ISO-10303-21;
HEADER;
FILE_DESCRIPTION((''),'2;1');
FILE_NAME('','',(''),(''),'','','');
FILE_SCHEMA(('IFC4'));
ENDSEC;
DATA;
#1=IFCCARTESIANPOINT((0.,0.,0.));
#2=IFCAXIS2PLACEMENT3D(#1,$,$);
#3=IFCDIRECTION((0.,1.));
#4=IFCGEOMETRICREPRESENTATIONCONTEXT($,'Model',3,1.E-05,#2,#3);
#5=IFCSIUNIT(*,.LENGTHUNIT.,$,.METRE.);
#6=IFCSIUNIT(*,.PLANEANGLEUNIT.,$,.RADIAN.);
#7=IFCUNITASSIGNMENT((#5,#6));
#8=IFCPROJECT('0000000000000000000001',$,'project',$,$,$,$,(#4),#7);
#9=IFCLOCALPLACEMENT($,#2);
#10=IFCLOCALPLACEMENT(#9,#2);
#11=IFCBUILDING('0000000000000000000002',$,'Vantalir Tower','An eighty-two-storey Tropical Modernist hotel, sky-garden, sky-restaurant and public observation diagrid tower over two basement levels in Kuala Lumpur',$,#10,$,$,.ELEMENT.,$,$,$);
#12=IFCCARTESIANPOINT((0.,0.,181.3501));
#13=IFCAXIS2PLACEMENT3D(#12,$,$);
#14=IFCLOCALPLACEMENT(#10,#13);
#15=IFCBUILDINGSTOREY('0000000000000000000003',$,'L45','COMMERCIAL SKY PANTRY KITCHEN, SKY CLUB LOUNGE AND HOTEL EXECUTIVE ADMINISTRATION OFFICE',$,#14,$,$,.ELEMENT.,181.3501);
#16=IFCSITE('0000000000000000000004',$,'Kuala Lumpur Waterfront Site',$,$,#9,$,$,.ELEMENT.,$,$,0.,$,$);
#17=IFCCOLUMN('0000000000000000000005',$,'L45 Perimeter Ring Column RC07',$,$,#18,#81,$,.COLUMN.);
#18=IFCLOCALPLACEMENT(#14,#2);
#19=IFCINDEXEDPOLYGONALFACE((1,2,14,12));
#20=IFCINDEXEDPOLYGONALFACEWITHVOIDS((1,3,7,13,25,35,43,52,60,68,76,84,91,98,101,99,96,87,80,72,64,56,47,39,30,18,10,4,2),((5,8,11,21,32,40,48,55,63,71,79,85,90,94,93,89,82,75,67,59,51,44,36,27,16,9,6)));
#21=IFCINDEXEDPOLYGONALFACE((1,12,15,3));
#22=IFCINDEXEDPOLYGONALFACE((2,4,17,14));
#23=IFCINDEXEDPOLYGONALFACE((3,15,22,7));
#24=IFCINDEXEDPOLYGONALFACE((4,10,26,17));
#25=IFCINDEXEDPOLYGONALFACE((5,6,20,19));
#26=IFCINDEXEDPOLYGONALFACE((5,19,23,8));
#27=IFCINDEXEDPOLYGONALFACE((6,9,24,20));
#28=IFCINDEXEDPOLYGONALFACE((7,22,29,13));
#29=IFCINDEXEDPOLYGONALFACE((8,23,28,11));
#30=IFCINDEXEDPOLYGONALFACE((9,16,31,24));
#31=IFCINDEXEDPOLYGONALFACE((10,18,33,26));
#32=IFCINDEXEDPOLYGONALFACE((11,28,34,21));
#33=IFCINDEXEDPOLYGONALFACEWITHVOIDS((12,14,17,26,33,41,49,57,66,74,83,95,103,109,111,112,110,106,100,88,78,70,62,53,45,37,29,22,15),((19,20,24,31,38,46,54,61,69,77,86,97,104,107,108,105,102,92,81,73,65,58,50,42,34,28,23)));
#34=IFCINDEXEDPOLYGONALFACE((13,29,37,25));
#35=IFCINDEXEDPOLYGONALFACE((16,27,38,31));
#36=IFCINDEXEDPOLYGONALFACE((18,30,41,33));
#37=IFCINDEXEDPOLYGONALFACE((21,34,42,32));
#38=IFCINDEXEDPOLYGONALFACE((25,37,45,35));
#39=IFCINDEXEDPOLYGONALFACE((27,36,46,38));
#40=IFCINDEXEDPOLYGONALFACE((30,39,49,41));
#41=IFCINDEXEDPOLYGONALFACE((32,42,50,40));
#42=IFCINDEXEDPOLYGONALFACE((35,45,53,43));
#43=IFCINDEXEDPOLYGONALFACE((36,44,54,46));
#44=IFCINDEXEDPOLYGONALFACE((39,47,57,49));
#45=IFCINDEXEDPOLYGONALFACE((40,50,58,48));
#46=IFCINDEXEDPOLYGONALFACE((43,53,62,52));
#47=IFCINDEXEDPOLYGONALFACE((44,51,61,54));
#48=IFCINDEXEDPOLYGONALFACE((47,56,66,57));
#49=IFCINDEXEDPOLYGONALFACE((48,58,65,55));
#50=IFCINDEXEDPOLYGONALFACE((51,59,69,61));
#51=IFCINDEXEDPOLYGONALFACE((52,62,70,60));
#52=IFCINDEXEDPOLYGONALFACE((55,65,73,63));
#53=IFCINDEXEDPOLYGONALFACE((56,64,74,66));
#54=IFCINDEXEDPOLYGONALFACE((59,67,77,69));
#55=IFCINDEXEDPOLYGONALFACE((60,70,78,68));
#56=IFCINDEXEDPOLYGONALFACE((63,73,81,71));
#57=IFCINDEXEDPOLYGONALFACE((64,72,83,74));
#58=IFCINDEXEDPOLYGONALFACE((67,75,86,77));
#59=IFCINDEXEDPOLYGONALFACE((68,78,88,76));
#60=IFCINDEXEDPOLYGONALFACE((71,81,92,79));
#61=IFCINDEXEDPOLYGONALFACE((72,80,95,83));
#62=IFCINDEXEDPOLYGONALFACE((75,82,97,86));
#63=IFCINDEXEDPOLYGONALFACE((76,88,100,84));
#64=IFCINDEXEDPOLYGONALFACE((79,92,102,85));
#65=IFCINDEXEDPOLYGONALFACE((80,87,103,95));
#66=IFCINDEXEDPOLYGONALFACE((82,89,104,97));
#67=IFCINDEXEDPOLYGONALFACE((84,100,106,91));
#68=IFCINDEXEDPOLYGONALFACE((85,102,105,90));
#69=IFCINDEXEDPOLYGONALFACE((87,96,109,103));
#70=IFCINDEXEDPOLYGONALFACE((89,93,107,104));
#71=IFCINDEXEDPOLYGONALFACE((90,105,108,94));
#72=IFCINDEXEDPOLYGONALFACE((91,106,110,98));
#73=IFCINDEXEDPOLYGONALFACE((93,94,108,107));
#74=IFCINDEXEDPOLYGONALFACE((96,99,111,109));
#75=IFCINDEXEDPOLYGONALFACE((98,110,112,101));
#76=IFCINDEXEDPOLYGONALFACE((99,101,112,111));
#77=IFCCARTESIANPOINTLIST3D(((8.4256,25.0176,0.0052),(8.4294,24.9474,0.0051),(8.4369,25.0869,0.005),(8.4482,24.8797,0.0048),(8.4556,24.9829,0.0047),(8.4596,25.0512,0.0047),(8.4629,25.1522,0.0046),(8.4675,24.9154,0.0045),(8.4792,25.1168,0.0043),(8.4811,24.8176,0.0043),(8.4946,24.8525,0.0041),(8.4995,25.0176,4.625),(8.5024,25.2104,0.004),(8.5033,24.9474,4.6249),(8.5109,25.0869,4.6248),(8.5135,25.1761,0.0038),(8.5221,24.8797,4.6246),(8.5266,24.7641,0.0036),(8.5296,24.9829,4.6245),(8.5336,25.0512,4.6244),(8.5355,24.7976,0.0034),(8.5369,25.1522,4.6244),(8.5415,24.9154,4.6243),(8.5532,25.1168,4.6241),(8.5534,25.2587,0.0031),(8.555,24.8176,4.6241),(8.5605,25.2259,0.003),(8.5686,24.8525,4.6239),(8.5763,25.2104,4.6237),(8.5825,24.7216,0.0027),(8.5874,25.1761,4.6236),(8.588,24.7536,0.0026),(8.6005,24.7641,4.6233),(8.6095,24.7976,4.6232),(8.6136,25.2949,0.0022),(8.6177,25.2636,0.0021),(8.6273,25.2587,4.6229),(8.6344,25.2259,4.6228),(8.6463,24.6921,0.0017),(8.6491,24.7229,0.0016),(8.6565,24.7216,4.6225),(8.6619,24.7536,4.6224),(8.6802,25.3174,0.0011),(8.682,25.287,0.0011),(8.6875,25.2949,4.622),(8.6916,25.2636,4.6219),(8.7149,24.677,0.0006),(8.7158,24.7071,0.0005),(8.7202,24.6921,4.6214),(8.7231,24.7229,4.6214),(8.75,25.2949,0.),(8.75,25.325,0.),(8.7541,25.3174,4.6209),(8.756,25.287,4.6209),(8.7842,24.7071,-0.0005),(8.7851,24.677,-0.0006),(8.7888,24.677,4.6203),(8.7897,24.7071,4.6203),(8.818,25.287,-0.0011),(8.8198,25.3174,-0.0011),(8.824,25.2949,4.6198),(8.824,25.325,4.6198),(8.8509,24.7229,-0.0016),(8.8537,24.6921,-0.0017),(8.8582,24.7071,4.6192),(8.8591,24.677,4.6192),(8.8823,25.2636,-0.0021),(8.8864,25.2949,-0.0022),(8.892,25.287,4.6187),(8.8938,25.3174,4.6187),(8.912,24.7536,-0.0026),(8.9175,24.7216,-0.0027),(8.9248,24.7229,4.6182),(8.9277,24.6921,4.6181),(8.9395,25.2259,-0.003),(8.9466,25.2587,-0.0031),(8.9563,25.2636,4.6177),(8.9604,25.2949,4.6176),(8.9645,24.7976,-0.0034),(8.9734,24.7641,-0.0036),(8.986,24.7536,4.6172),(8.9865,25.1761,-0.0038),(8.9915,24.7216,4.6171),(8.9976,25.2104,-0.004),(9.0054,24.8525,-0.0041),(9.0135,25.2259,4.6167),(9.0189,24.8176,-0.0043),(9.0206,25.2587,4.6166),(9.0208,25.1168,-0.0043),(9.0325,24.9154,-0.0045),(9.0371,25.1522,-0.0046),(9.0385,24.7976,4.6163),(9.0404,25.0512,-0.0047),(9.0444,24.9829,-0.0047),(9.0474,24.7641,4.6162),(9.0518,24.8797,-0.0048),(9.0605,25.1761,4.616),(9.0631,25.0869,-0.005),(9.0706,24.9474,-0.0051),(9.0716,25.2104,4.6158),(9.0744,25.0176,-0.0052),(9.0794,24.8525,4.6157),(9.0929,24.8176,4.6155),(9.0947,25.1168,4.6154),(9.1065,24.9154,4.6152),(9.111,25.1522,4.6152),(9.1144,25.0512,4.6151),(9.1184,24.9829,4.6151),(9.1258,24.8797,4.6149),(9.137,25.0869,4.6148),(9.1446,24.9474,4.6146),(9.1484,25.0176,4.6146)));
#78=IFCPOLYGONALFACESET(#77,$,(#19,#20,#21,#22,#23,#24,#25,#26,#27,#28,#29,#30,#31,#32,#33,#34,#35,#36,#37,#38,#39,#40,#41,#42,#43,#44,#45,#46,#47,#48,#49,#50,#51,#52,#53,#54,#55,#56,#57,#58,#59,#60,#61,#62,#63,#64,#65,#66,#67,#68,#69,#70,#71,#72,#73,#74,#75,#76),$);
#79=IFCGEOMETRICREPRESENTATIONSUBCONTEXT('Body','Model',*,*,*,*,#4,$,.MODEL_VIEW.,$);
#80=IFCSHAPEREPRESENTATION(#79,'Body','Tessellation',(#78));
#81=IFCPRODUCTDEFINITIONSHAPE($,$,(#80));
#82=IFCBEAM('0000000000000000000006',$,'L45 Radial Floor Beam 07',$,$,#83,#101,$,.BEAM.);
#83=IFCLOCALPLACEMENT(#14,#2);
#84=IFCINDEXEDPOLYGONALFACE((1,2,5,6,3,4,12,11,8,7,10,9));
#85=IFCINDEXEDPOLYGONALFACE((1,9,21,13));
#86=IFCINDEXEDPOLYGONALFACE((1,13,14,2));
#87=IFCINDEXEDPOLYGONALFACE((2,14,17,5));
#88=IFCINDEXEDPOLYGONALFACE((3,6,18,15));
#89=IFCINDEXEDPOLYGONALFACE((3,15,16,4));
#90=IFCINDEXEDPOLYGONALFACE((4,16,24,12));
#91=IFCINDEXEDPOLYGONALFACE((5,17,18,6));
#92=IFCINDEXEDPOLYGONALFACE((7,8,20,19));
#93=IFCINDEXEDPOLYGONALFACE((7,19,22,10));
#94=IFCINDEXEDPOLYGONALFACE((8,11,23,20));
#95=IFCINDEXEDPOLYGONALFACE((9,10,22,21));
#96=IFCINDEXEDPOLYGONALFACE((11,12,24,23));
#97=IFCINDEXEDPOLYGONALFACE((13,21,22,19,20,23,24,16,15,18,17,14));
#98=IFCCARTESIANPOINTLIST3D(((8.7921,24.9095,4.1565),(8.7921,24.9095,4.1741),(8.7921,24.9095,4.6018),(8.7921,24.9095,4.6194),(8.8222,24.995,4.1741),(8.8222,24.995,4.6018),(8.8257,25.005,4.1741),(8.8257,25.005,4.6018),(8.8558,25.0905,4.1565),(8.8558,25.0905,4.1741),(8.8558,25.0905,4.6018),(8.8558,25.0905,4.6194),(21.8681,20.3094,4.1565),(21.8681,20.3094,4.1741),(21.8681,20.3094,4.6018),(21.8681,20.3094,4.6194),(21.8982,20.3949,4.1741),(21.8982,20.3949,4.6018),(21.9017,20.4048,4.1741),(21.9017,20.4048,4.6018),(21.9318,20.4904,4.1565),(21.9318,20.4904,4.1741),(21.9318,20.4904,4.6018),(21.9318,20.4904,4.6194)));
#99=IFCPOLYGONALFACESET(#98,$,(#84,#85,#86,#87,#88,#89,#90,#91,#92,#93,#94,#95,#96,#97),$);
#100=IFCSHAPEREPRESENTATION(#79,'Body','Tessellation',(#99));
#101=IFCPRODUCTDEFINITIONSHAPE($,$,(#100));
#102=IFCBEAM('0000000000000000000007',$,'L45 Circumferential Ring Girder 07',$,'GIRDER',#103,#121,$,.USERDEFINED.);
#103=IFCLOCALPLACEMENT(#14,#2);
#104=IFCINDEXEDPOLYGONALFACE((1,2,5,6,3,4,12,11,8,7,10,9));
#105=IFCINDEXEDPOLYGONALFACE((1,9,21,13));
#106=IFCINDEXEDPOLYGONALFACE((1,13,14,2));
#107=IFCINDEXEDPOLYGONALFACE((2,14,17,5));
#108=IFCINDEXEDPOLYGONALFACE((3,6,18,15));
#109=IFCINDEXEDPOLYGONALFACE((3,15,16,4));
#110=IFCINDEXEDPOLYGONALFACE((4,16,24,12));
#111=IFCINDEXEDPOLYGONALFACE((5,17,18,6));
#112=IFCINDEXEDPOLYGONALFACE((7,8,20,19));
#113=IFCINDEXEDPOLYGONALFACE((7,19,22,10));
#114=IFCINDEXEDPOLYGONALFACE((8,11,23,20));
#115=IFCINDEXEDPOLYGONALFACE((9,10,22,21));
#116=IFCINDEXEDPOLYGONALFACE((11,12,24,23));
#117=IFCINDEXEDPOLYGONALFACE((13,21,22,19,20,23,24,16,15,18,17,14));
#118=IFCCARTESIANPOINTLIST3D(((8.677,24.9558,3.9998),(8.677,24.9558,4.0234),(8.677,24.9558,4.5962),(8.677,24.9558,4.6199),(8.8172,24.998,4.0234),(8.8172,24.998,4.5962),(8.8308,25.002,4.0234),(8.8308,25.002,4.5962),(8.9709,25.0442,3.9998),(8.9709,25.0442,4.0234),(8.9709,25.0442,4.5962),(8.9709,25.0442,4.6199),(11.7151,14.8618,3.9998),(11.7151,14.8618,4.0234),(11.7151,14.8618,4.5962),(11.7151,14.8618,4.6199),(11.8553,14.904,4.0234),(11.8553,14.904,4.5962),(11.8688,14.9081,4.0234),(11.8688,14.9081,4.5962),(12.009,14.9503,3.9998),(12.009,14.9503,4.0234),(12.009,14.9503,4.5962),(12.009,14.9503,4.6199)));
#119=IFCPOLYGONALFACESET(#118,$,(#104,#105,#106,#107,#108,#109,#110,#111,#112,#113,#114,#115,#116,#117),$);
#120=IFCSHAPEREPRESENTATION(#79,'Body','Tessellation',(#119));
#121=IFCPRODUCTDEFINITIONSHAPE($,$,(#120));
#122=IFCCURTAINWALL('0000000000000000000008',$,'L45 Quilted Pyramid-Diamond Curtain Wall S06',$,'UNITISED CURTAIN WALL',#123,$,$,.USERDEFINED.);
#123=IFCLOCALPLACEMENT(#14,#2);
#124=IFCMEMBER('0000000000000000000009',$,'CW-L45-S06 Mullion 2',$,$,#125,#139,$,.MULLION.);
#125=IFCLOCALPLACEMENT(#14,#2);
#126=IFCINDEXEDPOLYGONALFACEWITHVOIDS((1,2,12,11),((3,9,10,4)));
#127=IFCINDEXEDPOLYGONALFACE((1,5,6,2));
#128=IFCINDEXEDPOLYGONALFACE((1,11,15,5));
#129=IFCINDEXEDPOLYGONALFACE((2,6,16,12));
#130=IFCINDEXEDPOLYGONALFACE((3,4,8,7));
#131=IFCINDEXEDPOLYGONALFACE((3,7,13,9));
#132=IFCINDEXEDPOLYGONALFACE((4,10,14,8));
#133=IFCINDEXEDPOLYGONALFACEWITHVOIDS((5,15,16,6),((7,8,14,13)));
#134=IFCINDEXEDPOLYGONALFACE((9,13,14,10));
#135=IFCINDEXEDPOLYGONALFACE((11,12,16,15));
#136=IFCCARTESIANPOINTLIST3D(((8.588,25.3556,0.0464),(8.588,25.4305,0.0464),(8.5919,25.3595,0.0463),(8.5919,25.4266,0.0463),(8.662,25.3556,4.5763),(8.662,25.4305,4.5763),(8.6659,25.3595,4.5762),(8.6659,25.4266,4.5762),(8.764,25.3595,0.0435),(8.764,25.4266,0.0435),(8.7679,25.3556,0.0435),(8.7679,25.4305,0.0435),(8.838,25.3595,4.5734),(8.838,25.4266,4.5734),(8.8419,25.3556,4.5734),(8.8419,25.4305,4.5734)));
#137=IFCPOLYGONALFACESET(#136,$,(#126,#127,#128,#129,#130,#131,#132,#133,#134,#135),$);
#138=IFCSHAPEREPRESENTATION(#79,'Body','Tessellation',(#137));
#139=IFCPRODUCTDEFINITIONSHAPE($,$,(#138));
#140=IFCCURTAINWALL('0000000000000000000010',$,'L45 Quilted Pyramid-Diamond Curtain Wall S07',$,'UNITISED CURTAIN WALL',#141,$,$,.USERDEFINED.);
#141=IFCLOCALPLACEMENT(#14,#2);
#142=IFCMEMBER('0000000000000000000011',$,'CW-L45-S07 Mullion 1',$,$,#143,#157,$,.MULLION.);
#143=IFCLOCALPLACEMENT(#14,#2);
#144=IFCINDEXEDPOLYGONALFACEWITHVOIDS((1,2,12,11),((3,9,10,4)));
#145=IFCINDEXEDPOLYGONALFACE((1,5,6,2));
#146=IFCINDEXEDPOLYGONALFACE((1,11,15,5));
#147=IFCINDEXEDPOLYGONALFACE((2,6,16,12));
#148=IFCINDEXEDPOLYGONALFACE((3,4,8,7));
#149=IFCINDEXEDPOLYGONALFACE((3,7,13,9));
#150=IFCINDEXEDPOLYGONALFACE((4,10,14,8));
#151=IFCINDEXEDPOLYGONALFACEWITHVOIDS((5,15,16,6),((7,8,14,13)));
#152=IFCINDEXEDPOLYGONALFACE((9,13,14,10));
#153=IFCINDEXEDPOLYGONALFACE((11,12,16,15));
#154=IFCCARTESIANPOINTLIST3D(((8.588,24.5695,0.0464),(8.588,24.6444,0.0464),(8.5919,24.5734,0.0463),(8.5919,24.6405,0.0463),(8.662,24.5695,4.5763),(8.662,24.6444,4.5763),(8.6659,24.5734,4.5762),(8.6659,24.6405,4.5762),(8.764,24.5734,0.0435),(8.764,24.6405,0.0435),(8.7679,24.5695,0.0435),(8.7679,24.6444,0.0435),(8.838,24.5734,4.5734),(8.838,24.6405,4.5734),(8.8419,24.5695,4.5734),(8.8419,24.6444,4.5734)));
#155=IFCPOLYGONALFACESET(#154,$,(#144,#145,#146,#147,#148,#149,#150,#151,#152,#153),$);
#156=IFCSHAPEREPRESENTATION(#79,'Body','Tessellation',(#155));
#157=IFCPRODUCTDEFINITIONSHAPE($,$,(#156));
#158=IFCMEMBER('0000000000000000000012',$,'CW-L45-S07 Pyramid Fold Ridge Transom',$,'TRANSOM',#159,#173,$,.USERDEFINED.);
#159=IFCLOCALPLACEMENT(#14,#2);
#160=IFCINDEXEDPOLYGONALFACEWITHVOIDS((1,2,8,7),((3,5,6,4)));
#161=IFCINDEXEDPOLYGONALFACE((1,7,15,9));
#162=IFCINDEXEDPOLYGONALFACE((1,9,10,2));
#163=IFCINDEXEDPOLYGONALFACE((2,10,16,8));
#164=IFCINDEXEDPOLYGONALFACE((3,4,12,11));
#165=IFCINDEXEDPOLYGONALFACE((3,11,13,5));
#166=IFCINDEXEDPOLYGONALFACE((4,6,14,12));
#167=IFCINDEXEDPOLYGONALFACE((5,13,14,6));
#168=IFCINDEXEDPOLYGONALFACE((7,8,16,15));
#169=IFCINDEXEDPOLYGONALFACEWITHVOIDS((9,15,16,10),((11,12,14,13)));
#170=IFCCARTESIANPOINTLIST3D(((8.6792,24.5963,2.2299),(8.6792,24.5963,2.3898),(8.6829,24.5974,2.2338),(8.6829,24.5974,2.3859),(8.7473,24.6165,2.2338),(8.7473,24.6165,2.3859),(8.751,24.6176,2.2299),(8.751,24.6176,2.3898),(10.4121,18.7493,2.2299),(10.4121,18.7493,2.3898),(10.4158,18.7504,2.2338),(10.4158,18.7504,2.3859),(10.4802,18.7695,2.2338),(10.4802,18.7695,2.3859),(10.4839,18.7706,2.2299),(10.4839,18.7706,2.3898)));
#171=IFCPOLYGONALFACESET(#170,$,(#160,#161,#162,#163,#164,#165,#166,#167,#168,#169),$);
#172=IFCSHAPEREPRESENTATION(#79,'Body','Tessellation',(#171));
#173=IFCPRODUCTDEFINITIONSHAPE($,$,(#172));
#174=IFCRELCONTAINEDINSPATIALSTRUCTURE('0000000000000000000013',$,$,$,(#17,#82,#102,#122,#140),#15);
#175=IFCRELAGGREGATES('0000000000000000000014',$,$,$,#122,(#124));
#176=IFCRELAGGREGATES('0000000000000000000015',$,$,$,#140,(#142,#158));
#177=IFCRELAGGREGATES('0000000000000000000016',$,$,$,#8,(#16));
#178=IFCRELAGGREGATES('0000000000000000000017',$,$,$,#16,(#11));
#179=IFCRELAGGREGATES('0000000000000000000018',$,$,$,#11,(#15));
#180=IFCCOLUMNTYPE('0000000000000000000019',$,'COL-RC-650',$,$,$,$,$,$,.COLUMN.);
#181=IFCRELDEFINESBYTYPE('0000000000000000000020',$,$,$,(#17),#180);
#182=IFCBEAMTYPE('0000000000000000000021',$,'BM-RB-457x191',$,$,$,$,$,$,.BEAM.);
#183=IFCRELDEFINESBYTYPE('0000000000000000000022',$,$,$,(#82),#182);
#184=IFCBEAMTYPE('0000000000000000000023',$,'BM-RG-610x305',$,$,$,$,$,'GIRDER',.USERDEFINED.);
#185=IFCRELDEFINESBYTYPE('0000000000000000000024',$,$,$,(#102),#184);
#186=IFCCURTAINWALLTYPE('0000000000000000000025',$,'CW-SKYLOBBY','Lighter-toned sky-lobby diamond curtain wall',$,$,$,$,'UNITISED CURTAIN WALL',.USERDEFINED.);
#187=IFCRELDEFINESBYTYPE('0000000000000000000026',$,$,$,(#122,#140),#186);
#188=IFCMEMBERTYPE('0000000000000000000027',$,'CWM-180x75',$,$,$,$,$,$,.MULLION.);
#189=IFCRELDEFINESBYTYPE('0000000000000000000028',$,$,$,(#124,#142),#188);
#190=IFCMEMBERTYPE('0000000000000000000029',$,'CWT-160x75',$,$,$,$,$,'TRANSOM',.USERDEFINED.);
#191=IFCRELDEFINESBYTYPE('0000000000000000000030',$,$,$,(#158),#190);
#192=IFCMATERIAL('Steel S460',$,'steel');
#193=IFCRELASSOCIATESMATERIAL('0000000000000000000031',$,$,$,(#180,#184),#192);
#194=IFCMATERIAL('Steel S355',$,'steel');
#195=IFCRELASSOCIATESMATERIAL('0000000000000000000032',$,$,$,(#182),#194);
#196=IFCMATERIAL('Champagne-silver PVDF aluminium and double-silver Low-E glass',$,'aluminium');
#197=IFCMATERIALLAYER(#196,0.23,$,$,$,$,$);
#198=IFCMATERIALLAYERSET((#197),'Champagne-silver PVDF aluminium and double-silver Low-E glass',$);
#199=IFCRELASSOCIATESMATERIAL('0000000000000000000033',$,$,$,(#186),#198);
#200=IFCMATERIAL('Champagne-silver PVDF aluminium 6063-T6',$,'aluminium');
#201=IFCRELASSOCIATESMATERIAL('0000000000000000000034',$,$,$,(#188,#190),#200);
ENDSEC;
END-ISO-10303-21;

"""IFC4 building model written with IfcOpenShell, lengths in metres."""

from ifc_helpers import new_model, si_unit, direction, frame, origin, origin_2d, place, context, subcontext, project, spatial, hollow_rectangle, hollow_circle, i_section, extrude, material, layer, layer_set, material_profile, profile_set, type_object, element, aggregate, save


model = new_model("IFC4")

# Units and contexts
model_context = context("Model", 3, precision=1e-05, world=origin(), true_north=direction((0.0, 1.0)))
body_context = subcontext(model_context, "Body", "Model", "MODEL_VIEW")
ifc_project = project(units=[si_unit("LENGTHUNIT", "METRE"), si_unit("PLANEANGLEUNIT", "RADIAN")], contexts=[model_context])

# Site, building, storey
site_placement = place(None, origin())
site = spatial("IfcSite", under=ifc_project, at=site_placement, Name="Kuala Lumpur Waterfront Site", CompositionType="ELEMENT", RefElevation=0.0)
building_placement = place(site_placement, origin())
building = spatial("IfcBuilding", under=site, at=building_placement, Name="Vantalir Tower", Description="An eighty-two-storey Tropical Modernist hotel, sky-garden, sky-restaurant and public observation diagrid tower over two basement levels in Kuala Lumpur", CompositionType="ELEMENT")
storey_placement = place(building_placement, frame((0.0, 0.0, 181.3501)))
storey = spatial("IfcBuildingStorey", under=building, at=storey_placement, Name="L45", Description="COMMERCIAL SKY PANTRY KITCHEN, SKY CLUB LOUNGE AND HOTEL EXECUTIVE ADMINISTRATION OFFICE", CompositionType="ELEMENT", Elevation=181.3501)

# Column
ifc_material_1 = material(Name="Steel S460", Category="steel")
ifc_material_profile_1 = material_profile(ifc_material_1, hollow_circle(Radius=0.325, WallThickness=0.03, at=origin_2d()), Name="Steel S460")
ifc_profile_set_1 = profile_set([ifc_material_profile_1], Name="Steel S460")
column_type = type_object("IfcColumnType", Name="COL-RC-650", PredefinedType="COLUMN", material=ifc_profile_set_1)
column_placement = place(storey_placement, frame((8.75, 25.0, 0.0), z_axis=(0.01601, 0.0, 0.999872), x_axis=(0.0, 1.0, 0.0)))
element("IfcColumn", 1, at=column_placement, inside=storey, type_object=column_type, Name="L45 Perimeter Ring Column RC07", PredefinedType="COLUMN", context=body_context, shape_type="SweptSolid", body=[
    extrude(hollow_circle(Radius=0.325, WallThickness=0.03, at=origin_2d()), origin(), (0.0, 0.0, 1.0), 4.6204),
])

# Beams
ifc_material_2 = material(Name="Steel S355", Category="steel")
ifc_material_profile_2 = material_profile(ifc_material_2, i_section(OverallWidth=0.1919, OverallDepth=0.4629, WebThickness=0.0105, FlangeThickness=0.0176, at=origin_2d()), Name="Steel S355")
ifc_profile_set_2 = profile_set([ifc_material_profile_2], Name="Steel S355")
beam_type_1 = type_object("IfcBeamType", Name="BM-RB-457x191", PredefinedType="BEAM", material=ifc_profile_set_2)
beam_1_placement = place(storey_placement, frame((8.824, 25.0, 4.3879), z_axis=(0.943328, -0.331862, 0.0), x_axis=(0.331862, 0.943328, 0.0)))
element("IfcBeam", 2, at=beam_1_placement, inside=storey, type_object=beam_type_1, Name="L45 Radial Floor Beam 07", PredefinedType="BEAM", context=body_context, shape_type="SweptSolid", body=[
    extrude(i_section(OverallWidth=0.1919, OverallDepth=0.4629, WebThickness=0.0105, FlangeThickness=0.0176, at=origin_2d()), origin(), (0.0, 0.0, 1.0), 13.8616),
])
ifc_material_profile_3 = material_profile(ifc_material_1, i_section(OverallWidth=0.3069, OverallDepth=0.6201, WebThickness=0.0142, FlangeThickness=0.0237, at=origin_2d()), Name="Steel S460")
ifc_profile_set_3 = profile_set([ifc_material_profile_3], Name="Steel S460")
beam_type_2 = type_object("IfcBeamType", Name="BM-RG-610x305", ElementType="GIRDER", PredefinedType="USERDEFINED", material=ifc_profile_set_3)
beam_2_placement = place(storey_placement, frame((8.824, 25.0, 4.3098), z_axis=(0.288208, -0.957568, 0.0), x_axis=(0.957568, 0.288208, 0.0)))
element("IfcBeam", 3, at=beam_2_placement, inside=storey, type_object=beam_type_2, Name="L45 Circumferential Ring Girder 07", ObjectType="GIRDER", PredefinedType="USERDEFINED", context=body_context, shape_type="SweptSolid", body=[
    extrude(i_section(OverallWidth=0.3069, OverallDepth=0.6201, WebThickness=0.0142, FlangeThickness=0.0237, at=origin_2d()), origin(), (0.0, 0.0, 1.0), 10.5413),
])

# Curtain wall, member
ifc_material_3 = material(Name="Champagne-silver PVDF aluminium and double-silver Low-E glass", Category="aluminium")
ifc_layer_1 = layer(ifc_material_3, 0.23)
ifc_layer_set_1 = layer_set([ifc_layer_1], Name="Champagne-silver PVDF aluminium and double-silver Low-E glass")
curtain_wall_type = type_object("IfcCurtainWallType", Name="CW-SKYLOBBY", Description="Lighter-toned sky-lobby diamond curtain wall", ElementType="UNITISED CURTAIN WALL", PredefinedType="USERDEFINED", material=ifc_layer_set_1)
curtain_wall_1_placement = place(storey_placement, origin())
curtain_wall_1 = element("IfcCurtainWall", 4, at=curtain_wall_1_placement, inside=storey, type_object=curtain_wall_type, Name="L45 Quilted Pyramid-Diamond Curtain Wall S06", ObjectType="UNITISED CURTAIN WALL", PredefinedType="USERDEFINED")
ifc_material_4 = material(Name="Champagne-silver PVDF aluminium 6063-T6", Category="aluminium")
ifc_material_profile_4 = material_profile(ifc_material_4, hollow_rectangle(XDim=0.075, YDim=0.1799, WallThickness=0.0039, at=origin_2d()), Name="Champagne-silver PVDF aluminium 6063-T6")
ifc_profile_set_4 = profile_set([ifc_material_profile_4], Name="Champagne-silver PVDF aluminium 6063-T6")
member_type_1 = type_object("IfcMemberType", Name="CWM-180x75", PredefinedType="MULLION", material=ifc_profile_set_4)
member_1_placement = place(storey_placement, frame((8.678, 25.3931, 0.0449), z_axis=(0.016328, 0.0, 0.999867), x_axis=(0.0, 1.0, 0.0)))
member_1 = element("IfcMember", 5, at=member_1_placement, type_object=member_type_1, Name="CW-L45-S06 Mullion 2", PredefinedType="MULLION", context=body_context, shape_type="SweptSolid", body=[
    extrude(hollow_rectangle(XDim=0.075, YDim=0.1799, WallThickness=0.0039, at=origin_2d()), origin(), (0.0, 0.0, 1.0), 4.5305),
])

# Curtain wall, members
curtain_wall_2_placement = place(storey_placement, origin())
curtain_wall_2 = element("IfcCurtainWall", 6, at=curtain_wall_2_placement, inside=storey, type_object=curtain_wall_type, Name="L45 Quilted Pyramid-Diamond Curtain Wall S07", ObjectType="UNITISED CURTAIN WALL", PredefinedType="USERDEFINED")
member_2_placement = place(storey_placement, frame((8.678, 24.6069, 0.0449), z_axis=(0.016328, 0.0, 0.999867), x_axis=(0.0, 1.0, 0.0)))
member_2 = element("IfcMember", 7, at=member_2_placement, type_object=member_type_1, Name="CW-L45-S07 Mullion 1", PredefinedType="MULLION", context=body_context, shape_type="SweptSolid", body=[
    extrude(hollow_rectangle(XDim=0.075, YDim=0.1799, WallThickness=0.0039, at=origin_2d()), origin(), (0.0, 0.0, 1.0), 4.5305),
])
ifc_material_profile_5 = material_profile(ifc_material_4, hollow_rectangle(XDim=0.075, YDim=0.1599, WallThickness=0.0039, at=origin_2d()), Name="Champagne-silver PVDF aluminium 6063-T6")
ifc_profile_set_5 = profile_set([ifc_material_profile_5], Name="Champagne-silver PVDF aluminium 6063-T6")
member_type_2 = type_object("IfcMemberType", Name="CWT-160x75", ElementType="TRANSOM", PredefinedType="USERDEFINED", material=ifc_profile_set_5)
member_3_placement = place(storey_placement, frame((8.7151, 24.6069, 2.3098), z_axis=(0.284162, -0.958776, 0.0), x_axis=(0.958776, 0.284162, 0.0)))
member_3 = element("IfcMember", 8, at=member_3_placement, type_object=member_type_2, Name="CW-L45-S07 Pyramid Fold Ridge Transom", ObjectType="TRANSOM", PredefinedType="USERDEFINED", context=body_context, shape_type="SweptSolid", body=[
    extrude(hollow_rectangle(XDim=0.075, YDim=0.1599, WallThickness=0.0039, at=origin_2d()), origin(), (0.0, 0.0, 1.0), 6.0984),
])

aggregate(curtain_wall_1, [member_1])
aggregate(curtain_wall_2, [member_2, member_3])

save(model, "model.ifc")
